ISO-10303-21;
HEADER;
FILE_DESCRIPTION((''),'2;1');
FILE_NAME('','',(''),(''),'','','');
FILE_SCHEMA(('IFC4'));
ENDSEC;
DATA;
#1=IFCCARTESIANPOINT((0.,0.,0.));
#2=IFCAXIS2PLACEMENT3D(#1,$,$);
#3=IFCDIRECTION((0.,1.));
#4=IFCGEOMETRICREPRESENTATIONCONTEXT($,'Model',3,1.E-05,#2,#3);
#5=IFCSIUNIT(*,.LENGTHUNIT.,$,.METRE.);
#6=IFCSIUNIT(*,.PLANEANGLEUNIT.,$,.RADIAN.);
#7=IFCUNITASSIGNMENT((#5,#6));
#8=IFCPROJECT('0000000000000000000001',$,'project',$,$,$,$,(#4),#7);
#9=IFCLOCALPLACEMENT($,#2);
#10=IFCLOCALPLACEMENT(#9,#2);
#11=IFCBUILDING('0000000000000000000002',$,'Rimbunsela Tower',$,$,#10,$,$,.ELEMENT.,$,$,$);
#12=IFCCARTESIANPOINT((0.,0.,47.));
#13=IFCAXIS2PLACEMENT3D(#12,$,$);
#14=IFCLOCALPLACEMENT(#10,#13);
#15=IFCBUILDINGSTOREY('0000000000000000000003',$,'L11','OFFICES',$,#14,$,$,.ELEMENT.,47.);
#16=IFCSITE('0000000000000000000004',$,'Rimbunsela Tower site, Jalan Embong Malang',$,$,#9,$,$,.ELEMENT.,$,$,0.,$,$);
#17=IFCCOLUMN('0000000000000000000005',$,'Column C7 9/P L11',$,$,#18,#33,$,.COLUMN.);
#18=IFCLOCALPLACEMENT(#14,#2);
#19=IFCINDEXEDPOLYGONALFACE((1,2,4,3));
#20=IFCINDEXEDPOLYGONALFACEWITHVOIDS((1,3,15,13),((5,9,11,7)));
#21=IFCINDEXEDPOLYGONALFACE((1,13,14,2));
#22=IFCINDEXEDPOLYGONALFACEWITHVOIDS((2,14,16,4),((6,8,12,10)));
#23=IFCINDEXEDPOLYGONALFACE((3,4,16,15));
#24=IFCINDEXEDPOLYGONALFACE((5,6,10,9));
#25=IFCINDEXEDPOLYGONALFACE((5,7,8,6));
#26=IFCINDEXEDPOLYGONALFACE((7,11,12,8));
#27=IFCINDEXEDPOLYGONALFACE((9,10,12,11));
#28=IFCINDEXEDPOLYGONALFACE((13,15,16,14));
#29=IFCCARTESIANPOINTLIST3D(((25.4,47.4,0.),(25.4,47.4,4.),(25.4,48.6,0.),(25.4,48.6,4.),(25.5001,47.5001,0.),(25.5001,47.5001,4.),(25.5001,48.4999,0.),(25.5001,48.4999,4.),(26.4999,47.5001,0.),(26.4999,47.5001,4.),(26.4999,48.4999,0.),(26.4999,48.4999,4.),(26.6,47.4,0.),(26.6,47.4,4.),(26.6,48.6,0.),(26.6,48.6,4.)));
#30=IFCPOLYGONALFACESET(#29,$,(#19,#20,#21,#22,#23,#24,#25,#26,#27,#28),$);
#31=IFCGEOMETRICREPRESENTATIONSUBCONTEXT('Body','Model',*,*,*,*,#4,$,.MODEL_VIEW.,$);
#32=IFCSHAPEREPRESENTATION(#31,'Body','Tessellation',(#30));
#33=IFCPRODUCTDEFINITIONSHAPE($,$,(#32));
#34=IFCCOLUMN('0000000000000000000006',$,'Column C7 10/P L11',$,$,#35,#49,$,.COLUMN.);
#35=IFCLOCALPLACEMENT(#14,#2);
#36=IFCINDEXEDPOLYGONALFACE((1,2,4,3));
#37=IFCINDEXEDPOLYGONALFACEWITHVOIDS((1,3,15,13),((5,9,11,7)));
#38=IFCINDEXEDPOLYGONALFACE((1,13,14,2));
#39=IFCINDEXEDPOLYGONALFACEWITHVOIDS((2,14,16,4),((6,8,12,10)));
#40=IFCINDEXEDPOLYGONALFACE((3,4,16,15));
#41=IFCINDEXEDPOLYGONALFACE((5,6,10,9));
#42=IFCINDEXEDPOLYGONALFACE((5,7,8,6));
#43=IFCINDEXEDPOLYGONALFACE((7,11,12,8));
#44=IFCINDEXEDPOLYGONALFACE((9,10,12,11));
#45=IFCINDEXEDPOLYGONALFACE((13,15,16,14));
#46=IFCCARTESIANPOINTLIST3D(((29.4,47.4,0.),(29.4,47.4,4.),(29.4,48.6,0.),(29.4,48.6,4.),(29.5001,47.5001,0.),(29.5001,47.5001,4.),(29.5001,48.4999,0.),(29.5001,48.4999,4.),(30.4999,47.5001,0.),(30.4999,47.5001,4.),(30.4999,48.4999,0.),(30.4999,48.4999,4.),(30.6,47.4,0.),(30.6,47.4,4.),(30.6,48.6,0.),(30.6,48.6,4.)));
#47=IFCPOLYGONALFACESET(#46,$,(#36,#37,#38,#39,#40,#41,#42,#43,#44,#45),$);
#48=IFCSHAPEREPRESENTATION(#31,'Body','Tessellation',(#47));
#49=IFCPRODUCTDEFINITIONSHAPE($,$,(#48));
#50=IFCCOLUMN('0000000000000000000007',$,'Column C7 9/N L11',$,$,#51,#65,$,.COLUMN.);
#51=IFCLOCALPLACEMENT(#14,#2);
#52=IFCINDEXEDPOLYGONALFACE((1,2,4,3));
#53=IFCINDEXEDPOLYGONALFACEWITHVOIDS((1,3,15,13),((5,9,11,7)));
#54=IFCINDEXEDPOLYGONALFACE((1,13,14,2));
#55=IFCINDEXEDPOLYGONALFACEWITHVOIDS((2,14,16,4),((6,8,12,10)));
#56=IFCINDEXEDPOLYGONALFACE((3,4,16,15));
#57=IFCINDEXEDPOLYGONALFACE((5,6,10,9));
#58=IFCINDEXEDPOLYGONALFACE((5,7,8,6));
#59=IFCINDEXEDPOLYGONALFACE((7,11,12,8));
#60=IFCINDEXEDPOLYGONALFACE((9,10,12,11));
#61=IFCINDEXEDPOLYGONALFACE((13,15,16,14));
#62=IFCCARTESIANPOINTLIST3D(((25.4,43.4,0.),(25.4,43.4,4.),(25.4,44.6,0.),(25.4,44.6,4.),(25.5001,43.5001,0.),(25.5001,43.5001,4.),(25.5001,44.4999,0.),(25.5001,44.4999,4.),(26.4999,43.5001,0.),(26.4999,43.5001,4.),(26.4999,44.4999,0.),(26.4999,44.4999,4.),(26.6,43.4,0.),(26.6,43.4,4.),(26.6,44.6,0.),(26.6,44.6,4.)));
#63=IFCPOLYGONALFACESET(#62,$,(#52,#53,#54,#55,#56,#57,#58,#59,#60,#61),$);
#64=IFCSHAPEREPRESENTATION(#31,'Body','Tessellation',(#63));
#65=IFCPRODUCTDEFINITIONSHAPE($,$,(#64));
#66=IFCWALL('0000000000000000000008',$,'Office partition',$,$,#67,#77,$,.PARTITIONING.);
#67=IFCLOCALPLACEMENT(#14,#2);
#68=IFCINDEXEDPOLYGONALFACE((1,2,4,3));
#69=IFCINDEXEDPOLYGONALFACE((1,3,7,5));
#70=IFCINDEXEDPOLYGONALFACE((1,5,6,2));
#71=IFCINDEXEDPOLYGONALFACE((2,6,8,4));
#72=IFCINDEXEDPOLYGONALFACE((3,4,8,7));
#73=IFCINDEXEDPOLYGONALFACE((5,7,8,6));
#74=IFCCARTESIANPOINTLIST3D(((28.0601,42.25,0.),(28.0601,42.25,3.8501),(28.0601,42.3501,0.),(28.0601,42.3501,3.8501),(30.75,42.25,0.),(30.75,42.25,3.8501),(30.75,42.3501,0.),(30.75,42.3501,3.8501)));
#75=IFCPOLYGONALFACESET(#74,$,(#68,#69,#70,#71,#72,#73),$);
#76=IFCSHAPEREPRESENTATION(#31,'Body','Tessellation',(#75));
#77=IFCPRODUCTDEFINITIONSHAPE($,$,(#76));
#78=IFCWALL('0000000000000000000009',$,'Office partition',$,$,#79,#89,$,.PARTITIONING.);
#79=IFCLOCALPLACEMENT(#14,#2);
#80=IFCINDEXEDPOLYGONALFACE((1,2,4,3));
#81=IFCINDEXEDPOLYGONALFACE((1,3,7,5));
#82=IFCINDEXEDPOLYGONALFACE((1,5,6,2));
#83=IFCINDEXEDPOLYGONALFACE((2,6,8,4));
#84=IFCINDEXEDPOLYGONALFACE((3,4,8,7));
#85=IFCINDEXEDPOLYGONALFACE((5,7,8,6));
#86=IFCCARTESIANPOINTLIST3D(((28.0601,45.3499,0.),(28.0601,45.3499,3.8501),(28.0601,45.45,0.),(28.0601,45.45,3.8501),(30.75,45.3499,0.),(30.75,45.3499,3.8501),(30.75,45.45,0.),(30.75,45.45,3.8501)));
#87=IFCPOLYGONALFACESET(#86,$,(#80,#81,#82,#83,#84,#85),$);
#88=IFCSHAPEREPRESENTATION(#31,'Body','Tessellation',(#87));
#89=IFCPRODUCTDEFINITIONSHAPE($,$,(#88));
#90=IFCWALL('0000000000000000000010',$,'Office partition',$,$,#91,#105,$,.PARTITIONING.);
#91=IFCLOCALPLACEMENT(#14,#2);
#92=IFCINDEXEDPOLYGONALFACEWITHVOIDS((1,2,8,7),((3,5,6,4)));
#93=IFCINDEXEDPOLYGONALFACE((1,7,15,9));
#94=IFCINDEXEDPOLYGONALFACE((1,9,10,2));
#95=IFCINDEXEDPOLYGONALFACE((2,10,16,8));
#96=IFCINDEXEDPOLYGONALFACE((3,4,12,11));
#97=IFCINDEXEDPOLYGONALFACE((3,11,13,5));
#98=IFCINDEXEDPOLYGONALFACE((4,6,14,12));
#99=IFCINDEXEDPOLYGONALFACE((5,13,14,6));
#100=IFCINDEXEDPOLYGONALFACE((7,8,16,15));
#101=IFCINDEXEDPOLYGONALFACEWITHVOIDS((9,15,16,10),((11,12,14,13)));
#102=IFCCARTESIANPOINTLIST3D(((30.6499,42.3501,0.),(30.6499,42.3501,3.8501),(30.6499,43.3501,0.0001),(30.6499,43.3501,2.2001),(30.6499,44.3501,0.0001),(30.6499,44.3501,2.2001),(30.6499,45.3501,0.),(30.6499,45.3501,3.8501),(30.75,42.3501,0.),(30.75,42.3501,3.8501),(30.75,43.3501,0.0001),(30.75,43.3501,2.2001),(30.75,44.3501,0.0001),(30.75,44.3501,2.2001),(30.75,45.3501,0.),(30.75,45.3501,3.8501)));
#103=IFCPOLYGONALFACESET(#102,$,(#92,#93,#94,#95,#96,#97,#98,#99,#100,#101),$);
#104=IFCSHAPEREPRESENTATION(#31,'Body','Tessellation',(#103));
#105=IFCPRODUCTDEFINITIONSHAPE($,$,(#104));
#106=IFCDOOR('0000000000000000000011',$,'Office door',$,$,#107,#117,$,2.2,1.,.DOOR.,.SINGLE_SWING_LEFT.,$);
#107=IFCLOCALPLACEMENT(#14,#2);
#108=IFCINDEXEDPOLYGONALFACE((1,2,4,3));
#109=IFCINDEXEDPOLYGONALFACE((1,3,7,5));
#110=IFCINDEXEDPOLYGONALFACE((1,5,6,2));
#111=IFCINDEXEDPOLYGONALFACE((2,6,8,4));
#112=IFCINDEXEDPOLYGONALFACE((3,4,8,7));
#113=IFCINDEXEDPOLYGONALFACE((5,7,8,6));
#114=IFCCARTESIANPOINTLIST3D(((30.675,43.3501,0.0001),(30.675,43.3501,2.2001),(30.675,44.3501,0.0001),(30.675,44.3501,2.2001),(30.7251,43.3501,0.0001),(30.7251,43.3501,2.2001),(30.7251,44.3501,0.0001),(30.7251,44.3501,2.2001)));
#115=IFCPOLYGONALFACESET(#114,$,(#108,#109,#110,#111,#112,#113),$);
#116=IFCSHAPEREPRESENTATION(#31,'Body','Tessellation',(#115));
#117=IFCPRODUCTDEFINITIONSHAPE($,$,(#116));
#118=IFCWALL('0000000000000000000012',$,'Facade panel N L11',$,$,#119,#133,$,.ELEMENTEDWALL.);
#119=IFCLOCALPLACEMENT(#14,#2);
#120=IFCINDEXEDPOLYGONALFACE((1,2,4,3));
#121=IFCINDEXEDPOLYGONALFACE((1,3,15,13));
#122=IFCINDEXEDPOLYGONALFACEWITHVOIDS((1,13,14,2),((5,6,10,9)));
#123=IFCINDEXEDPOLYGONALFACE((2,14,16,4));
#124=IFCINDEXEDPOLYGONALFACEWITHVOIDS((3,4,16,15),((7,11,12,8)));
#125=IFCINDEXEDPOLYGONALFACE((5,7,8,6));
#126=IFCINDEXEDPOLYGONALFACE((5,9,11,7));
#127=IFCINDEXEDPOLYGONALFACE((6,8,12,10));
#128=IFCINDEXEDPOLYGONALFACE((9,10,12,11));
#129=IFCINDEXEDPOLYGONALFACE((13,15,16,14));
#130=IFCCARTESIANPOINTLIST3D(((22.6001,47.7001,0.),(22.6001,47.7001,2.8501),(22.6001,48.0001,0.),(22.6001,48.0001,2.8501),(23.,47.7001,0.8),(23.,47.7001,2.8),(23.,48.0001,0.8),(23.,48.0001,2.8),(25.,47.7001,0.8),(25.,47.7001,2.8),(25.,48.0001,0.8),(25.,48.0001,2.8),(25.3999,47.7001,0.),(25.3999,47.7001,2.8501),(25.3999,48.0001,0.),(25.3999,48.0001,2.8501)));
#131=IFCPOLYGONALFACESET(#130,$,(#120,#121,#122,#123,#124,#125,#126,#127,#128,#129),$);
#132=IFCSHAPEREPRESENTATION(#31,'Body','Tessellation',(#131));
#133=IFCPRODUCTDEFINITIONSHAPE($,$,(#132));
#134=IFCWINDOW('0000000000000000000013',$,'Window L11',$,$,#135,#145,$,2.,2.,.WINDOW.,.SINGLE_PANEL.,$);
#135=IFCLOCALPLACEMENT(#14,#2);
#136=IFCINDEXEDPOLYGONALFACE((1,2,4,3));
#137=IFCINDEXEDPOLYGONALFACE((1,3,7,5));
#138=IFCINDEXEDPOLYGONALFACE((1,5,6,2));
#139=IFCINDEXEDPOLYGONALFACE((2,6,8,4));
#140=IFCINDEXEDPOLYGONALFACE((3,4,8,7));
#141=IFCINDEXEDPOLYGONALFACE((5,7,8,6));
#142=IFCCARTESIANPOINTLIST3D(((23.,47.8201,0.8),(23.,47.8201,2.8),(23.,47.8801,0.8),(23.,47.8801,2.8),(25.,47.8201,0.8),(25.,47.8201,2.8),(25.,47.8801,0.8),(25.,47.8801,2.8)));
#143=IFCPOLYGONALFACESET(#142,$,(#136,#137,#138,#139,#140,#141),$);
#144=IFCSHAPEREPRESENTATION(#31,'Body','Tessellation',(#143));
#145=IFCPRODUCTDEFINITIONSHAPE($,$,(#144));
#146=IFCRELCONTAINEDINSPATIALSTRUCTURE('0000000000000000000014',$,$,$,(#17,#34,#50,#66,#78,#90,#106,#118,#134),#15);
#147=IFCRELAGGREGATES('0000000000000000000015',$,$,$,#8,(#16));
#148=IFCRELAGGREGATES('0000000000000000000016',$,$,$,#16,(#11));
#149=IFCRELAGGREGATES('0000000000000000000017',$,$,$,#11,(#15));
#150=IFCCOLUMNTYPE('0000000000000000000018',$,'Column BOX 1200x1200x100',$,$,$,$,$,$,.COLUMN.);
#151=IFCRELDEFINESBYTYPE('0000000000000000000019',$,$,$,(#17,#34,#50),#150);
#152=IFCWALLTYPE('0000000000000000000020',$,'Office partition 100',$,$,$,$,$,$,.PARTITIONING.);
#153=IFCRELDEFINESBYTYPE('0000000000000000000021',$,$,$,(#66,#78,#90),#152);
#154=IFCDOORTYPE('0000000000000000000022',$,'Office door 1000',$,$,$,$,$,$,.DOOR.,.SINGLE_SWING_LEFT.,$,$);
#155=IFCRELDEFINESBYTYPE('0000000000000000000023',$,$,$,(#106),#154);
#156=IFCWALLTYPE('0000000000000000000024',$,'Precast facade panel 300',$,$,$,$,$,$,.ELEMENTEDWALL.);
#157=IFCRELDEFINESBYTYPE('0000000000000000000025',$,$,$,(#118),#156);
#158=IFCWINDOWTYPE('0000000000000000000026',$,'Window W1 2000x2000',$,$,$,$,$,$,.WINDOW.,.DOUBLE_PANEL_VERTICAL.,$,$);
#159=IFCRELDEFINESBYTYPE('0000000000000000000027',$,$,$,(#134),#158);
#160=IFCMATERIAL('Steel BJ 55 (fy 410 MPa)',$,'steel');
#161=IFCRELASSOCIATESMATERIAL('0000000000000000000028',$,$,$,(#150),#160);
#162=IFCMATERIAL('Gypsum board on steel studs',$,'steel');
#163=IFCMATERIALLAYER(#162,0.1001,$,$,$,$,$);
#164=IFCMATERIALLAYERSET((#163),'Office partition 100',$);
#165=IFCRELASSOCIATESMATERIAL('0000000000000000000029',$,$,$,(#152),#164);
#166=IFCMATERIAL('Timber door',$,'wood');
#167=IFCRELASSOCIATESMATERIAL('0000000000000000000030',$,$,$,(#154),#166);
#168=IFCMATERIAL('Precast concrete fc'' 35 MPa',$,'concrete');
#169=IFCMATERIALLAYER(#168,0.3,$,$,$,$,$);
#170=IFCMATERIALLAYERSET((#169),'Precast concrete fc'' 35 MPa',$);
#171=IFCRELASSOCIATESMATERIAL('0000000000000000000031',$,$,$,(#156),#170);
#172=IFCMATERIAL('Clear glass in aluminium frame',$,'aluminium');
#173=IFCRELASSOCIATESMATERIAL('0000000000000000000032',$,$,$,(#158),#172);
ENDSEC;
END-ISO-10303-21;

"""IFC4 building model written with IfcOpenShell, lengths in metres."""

from ifc_helpers import new_model, si_unit, direction, frame, frame_2d, origin, origin_2d, place, context, subcontext, project, spatial, rectangle, hollow_rectangle, extrude, material, layer, layer_set, material_profile, profile_set, type_object, element, fill, save


model = new_model("IFC4")

# Units and contexts
model_context = context("Model", 3, precision=1e-05, world=origin(), true_north=direction((0.0, 1.0)))
body_context = subcontext(model_context, "Body", "Model", "MODEL_VIEW")
ifc_project = project(units=[si_unit("LENGTHUNIT", "METRE"), si_unit("PLANEANGLEUNIT", "RADIAN")], contexts=[model_context])

# Site, building, storey
site_placement = place(None, origin())
site = spatial("IfcSite", under=ifc_project, at=site_placement, Name="Rimbunsela Tower site, Jalan Embong Malang", CompositionType="ELEMENT", RefElevation=0.0)
building_placement = place(site_placement, origin())
building = spatial("IfcBuilding", under=site, at=building_placement, Name="Rimbunsela Tower", CompositionType="ELEMENT")
storey_placement = place(building_placement, frame((0.0, 0.0, 47.0)))
storey = spatial("IfcBuildingStorey", under=building, at=storey_placement, Name="L11", Description="OFFICES", CompositionType="ELEMENT", Elevation=47.0)

# Columns
ifc_material_1 = material(Name="Steel BJ 55 (fy 410 MPa)", Category="steel")
ifc_material_profile = material_profile(ifc_material_1, hollow_rectangle(XDim=1.2, YDim=1.2, WallThickness=0.1001, at=origin_2d()), Name="BOX 1200x1200x100")
ifc_profile_set = profile_set([ifc_material_profile], Name="Steel BJ 55 (fy 410 MPa)")
column_type = type_object("IfcColumnType", Name="Column BOX 1200x1200x100", PredefinedType="COLUMN", material=ifc_profile_set)
for number, where, z_axis, x_axis, name in (
    (1, (26.0, 48.0, 0.0), (0.0, 0.0, 1.0), (1.0, 0.0, 0.0), "Column C7 9/P L11"),
    (2, (30.0, 48.0, 0.0), (0.0, 0.0, 1.0), (1.0, 0.0, 0.0), "Column C7 10/P L11"),
    (3, (26.0, 44.0, 0.0), (0.0, 0.0, 1.0), (1.0, 0.0, 0.0), "Column C7 9/N L11"),
):
    element("IfcColumn", number, at=place(storey_placement, frame(where, z_axis=z_axis, x_axis=x_axis)), inside=storey, type_object=column_type, Name=name, PredefinedType="COLUMN", context=body_context, shape_type="SweptSolid", body=[
        extrude(hollow_rectangle(XDim=1.2, YDim=1.2, WallThickness=0.1001, at=origin_2d()), origin(), (0.0, 0.0, 1.0), 4.0),
    ])

# Walls
ifc_material_2 = material(Name="Gypsum board on steel studs", Category="steel")
ifc_layer_1 = layer(ifc_material_2, 0.1001)
ifc_layer_set_1 = layer_set([ifc_layer_1], Name="Office partition 100")
wall_type_1 = type_object("IfcWallType", Name="Office partition 100", PredefinedType="PARTITIONING", material=ifc_layer_set_1)
for number, where, z_axis, x_axis, name in (
    (4, (28.0601, 42.3, 0.0), (0.0, 0.0, 1.0), (1.0, 0.0, 0.0), "Office partition"),
    (5, (28.0601, 45.3999, 0.0), (0.0, 0.0, 1.0), (1.0, 0.0, 0.0), "Office partition"),
):
    element("IfcWall", number, at=place(storey_placement, frame(where, z_axis=z_axis, x_axis=x_axis)), inside=storey, type_object=wall_type_1, Name=name, PredefinedType="PARTITIONING", context=body_context, shape_type="SweptSolid", body=[
        extrude(rectangle(XDim=2.6899, YDim=0.1001, at=frame_2d((1.345, 0.0))), origin(), (0.0, 0.0, 1.0), 3.8501),
    ])

# Wall, opening, door
wall_1_placement = place(storey_placement, frame((30.7, 42.3501, 0.0), z_axis=(0.0, 0.0, 1.0), x_axis=(0.0, 1.0, 0.0)))
wall_1 = element("IfcWall", 6, at=wall_1_placement, inside=storey, type_object=wall_type_1, Name="Office partition", PredefinedType="PARTITIONING", context=body_context, shape_type="SweptSolid", body=[
    extrude(rectangle(XDim=3.0, YDim=0.1001, at=frame_2d((1.5, 0.0))), origin(), (0.0, 0.0, 1.0), 3.8501),
])
opening_1_placement = place(wall_1_placement, frame((1.0, 0.0, 0.0)))
opening_1 = element("IfcOpeningElement", 7, at=opening_1_placement, cuts=wall_1, PredefinedType="OPENING", context=body_context, shape_type="SweptSolid", body=[
    extrude(rectangle(XDim=1.0, YDim=2.2, at=frame_2d((0.5, 1.1001))), frame((0.0, 0.0601, 0.0), z_axis=(0.0, -1.0, 0.0), x_axis=(1.0, 0.0, 0.0)), (0.0, 0.0, 1.0), 0.1201),
])
ifc_material_3 = material(Name="Timber door", Category="wood")
door_type = type_object("IfcDoorType", Name="Office door 1000", OperationType="SINGLE_SWING_LEFT", PredefinedType="DOOR", material=ifc_material_3)
door_placement = place(opening_1_placement, origin())
door = element("IfcDoor", 8, at=door_placement, inside=storey, type_object=door_type, Name="Office door", OperationType="SINGLE_SWING_LEFT", OverallHeight=2.2, OverallWidth=1.0, PredefinedType="DOOR", context=body_context, shape_type="SweptSolid", body=[
    extrude(rectangle(XDim=1.0, YDim=2.2, at=frame_2d((0.5, 1.1001))), frame((0.0, 0.0249, 0.0), z_axis=(0.0, -1.0, 0.0), x_axis=(1.0, 0.0, 0.0)), (0.0, 0.0, 1.0), 0.05),
])
fill(opening_1, door)

# Wall, opening, window
ifc_material_4 = material(Name="Precast concrete fc' 35 MPa", Category="concrete")
ifc_layer_2 = layer(ifc_material_4, 0.3)
ifc_layer_set_2 = layer_set([ifc_layer_2], Name="Precast concrete fc' 35 MPa")
wall_type_2 = type_object("IfcWallType", Name="Precast facade panel 300", PredefinedType="ELEMENTEDWALL", material=ifc_layer_set_2)
wall_2_placement = place(storey_placement, frame((25.3999, 47.8501, 0.0), z_axis=(0.0, 0.0, 1.0), x_axis=(-1.0, 0.0, 0.0)))
wall_2 = element("IfcWall", 9, at=wall_2_placement, inside=storey, type_object=wall_type_2, Name="Facade panel N L11", PredefinedType="ELEMENTEDWALL", context=body_context, shape_type="SweptSolid", body=[
    extrude(rectangle(XDim=2.7998, YDim=0.3, at=frame_2d((1.3999, 0.0))), origin(), (0.0, 0.0, 1.0), 2.8501),
])
opening_2_placement = place(wall_2_placement, frame((0.3999, 0.0, 0.8)))
opening_2 = element("IfcOpeningElement", 10, at=opening_2_placement, cuts=wall_2, PredefinedType="OPENING", context=body_context, shape_type="SweptSolid", body=[
    extrude(rectangle(XDim=2.0, YDim=2.0, at=frame_2d((1.0, 1.0))), frame((0.0, 0.1599, 0.0), z_axis=(0.0, -1.0, 0.0), x_axis=(1.0, 0.0, 0.0)), (0.0, 0.0, 1.0), 0.3201),
])
ifc_material_5 = material(Name="Clear glass in aluminium frame", Category="aluminium")
window_type_1 = type_object("IfcWindowType", Name="Window W1 2000x2000", PartitioningType="DOUBLE_PANEL_VERTICAL", PredefinedType="WINDOW", material=ifc_material_5)
window_1_placement = place(opening_2_placement, origin())
window_1 = element("IfcWindow", 11, at=window_1_placement, inside=storey, type_object=window_type_1, Name="Window L11", OverallHeight=2.0, OverallWidth=2.0, PartitioningType="SINGLE_PANEL", PredefinedType="WINDOW", context=body_context, shape_type="SweptSolid", body=[
    extrude(rectangle(XDim=2.0, YDim=2.0, at=frame_2d((1.0, 1.0))), frame((0.0, 0.03, 0.0), z_axis=(0.0, -1.0, 0.0), x_axis=(1.0, 0.0, 0.0)), (0.0, 0.0, 1.0), 0.0601),
])
fill(opening_2, window_1)

save(model, "model.ifc")
